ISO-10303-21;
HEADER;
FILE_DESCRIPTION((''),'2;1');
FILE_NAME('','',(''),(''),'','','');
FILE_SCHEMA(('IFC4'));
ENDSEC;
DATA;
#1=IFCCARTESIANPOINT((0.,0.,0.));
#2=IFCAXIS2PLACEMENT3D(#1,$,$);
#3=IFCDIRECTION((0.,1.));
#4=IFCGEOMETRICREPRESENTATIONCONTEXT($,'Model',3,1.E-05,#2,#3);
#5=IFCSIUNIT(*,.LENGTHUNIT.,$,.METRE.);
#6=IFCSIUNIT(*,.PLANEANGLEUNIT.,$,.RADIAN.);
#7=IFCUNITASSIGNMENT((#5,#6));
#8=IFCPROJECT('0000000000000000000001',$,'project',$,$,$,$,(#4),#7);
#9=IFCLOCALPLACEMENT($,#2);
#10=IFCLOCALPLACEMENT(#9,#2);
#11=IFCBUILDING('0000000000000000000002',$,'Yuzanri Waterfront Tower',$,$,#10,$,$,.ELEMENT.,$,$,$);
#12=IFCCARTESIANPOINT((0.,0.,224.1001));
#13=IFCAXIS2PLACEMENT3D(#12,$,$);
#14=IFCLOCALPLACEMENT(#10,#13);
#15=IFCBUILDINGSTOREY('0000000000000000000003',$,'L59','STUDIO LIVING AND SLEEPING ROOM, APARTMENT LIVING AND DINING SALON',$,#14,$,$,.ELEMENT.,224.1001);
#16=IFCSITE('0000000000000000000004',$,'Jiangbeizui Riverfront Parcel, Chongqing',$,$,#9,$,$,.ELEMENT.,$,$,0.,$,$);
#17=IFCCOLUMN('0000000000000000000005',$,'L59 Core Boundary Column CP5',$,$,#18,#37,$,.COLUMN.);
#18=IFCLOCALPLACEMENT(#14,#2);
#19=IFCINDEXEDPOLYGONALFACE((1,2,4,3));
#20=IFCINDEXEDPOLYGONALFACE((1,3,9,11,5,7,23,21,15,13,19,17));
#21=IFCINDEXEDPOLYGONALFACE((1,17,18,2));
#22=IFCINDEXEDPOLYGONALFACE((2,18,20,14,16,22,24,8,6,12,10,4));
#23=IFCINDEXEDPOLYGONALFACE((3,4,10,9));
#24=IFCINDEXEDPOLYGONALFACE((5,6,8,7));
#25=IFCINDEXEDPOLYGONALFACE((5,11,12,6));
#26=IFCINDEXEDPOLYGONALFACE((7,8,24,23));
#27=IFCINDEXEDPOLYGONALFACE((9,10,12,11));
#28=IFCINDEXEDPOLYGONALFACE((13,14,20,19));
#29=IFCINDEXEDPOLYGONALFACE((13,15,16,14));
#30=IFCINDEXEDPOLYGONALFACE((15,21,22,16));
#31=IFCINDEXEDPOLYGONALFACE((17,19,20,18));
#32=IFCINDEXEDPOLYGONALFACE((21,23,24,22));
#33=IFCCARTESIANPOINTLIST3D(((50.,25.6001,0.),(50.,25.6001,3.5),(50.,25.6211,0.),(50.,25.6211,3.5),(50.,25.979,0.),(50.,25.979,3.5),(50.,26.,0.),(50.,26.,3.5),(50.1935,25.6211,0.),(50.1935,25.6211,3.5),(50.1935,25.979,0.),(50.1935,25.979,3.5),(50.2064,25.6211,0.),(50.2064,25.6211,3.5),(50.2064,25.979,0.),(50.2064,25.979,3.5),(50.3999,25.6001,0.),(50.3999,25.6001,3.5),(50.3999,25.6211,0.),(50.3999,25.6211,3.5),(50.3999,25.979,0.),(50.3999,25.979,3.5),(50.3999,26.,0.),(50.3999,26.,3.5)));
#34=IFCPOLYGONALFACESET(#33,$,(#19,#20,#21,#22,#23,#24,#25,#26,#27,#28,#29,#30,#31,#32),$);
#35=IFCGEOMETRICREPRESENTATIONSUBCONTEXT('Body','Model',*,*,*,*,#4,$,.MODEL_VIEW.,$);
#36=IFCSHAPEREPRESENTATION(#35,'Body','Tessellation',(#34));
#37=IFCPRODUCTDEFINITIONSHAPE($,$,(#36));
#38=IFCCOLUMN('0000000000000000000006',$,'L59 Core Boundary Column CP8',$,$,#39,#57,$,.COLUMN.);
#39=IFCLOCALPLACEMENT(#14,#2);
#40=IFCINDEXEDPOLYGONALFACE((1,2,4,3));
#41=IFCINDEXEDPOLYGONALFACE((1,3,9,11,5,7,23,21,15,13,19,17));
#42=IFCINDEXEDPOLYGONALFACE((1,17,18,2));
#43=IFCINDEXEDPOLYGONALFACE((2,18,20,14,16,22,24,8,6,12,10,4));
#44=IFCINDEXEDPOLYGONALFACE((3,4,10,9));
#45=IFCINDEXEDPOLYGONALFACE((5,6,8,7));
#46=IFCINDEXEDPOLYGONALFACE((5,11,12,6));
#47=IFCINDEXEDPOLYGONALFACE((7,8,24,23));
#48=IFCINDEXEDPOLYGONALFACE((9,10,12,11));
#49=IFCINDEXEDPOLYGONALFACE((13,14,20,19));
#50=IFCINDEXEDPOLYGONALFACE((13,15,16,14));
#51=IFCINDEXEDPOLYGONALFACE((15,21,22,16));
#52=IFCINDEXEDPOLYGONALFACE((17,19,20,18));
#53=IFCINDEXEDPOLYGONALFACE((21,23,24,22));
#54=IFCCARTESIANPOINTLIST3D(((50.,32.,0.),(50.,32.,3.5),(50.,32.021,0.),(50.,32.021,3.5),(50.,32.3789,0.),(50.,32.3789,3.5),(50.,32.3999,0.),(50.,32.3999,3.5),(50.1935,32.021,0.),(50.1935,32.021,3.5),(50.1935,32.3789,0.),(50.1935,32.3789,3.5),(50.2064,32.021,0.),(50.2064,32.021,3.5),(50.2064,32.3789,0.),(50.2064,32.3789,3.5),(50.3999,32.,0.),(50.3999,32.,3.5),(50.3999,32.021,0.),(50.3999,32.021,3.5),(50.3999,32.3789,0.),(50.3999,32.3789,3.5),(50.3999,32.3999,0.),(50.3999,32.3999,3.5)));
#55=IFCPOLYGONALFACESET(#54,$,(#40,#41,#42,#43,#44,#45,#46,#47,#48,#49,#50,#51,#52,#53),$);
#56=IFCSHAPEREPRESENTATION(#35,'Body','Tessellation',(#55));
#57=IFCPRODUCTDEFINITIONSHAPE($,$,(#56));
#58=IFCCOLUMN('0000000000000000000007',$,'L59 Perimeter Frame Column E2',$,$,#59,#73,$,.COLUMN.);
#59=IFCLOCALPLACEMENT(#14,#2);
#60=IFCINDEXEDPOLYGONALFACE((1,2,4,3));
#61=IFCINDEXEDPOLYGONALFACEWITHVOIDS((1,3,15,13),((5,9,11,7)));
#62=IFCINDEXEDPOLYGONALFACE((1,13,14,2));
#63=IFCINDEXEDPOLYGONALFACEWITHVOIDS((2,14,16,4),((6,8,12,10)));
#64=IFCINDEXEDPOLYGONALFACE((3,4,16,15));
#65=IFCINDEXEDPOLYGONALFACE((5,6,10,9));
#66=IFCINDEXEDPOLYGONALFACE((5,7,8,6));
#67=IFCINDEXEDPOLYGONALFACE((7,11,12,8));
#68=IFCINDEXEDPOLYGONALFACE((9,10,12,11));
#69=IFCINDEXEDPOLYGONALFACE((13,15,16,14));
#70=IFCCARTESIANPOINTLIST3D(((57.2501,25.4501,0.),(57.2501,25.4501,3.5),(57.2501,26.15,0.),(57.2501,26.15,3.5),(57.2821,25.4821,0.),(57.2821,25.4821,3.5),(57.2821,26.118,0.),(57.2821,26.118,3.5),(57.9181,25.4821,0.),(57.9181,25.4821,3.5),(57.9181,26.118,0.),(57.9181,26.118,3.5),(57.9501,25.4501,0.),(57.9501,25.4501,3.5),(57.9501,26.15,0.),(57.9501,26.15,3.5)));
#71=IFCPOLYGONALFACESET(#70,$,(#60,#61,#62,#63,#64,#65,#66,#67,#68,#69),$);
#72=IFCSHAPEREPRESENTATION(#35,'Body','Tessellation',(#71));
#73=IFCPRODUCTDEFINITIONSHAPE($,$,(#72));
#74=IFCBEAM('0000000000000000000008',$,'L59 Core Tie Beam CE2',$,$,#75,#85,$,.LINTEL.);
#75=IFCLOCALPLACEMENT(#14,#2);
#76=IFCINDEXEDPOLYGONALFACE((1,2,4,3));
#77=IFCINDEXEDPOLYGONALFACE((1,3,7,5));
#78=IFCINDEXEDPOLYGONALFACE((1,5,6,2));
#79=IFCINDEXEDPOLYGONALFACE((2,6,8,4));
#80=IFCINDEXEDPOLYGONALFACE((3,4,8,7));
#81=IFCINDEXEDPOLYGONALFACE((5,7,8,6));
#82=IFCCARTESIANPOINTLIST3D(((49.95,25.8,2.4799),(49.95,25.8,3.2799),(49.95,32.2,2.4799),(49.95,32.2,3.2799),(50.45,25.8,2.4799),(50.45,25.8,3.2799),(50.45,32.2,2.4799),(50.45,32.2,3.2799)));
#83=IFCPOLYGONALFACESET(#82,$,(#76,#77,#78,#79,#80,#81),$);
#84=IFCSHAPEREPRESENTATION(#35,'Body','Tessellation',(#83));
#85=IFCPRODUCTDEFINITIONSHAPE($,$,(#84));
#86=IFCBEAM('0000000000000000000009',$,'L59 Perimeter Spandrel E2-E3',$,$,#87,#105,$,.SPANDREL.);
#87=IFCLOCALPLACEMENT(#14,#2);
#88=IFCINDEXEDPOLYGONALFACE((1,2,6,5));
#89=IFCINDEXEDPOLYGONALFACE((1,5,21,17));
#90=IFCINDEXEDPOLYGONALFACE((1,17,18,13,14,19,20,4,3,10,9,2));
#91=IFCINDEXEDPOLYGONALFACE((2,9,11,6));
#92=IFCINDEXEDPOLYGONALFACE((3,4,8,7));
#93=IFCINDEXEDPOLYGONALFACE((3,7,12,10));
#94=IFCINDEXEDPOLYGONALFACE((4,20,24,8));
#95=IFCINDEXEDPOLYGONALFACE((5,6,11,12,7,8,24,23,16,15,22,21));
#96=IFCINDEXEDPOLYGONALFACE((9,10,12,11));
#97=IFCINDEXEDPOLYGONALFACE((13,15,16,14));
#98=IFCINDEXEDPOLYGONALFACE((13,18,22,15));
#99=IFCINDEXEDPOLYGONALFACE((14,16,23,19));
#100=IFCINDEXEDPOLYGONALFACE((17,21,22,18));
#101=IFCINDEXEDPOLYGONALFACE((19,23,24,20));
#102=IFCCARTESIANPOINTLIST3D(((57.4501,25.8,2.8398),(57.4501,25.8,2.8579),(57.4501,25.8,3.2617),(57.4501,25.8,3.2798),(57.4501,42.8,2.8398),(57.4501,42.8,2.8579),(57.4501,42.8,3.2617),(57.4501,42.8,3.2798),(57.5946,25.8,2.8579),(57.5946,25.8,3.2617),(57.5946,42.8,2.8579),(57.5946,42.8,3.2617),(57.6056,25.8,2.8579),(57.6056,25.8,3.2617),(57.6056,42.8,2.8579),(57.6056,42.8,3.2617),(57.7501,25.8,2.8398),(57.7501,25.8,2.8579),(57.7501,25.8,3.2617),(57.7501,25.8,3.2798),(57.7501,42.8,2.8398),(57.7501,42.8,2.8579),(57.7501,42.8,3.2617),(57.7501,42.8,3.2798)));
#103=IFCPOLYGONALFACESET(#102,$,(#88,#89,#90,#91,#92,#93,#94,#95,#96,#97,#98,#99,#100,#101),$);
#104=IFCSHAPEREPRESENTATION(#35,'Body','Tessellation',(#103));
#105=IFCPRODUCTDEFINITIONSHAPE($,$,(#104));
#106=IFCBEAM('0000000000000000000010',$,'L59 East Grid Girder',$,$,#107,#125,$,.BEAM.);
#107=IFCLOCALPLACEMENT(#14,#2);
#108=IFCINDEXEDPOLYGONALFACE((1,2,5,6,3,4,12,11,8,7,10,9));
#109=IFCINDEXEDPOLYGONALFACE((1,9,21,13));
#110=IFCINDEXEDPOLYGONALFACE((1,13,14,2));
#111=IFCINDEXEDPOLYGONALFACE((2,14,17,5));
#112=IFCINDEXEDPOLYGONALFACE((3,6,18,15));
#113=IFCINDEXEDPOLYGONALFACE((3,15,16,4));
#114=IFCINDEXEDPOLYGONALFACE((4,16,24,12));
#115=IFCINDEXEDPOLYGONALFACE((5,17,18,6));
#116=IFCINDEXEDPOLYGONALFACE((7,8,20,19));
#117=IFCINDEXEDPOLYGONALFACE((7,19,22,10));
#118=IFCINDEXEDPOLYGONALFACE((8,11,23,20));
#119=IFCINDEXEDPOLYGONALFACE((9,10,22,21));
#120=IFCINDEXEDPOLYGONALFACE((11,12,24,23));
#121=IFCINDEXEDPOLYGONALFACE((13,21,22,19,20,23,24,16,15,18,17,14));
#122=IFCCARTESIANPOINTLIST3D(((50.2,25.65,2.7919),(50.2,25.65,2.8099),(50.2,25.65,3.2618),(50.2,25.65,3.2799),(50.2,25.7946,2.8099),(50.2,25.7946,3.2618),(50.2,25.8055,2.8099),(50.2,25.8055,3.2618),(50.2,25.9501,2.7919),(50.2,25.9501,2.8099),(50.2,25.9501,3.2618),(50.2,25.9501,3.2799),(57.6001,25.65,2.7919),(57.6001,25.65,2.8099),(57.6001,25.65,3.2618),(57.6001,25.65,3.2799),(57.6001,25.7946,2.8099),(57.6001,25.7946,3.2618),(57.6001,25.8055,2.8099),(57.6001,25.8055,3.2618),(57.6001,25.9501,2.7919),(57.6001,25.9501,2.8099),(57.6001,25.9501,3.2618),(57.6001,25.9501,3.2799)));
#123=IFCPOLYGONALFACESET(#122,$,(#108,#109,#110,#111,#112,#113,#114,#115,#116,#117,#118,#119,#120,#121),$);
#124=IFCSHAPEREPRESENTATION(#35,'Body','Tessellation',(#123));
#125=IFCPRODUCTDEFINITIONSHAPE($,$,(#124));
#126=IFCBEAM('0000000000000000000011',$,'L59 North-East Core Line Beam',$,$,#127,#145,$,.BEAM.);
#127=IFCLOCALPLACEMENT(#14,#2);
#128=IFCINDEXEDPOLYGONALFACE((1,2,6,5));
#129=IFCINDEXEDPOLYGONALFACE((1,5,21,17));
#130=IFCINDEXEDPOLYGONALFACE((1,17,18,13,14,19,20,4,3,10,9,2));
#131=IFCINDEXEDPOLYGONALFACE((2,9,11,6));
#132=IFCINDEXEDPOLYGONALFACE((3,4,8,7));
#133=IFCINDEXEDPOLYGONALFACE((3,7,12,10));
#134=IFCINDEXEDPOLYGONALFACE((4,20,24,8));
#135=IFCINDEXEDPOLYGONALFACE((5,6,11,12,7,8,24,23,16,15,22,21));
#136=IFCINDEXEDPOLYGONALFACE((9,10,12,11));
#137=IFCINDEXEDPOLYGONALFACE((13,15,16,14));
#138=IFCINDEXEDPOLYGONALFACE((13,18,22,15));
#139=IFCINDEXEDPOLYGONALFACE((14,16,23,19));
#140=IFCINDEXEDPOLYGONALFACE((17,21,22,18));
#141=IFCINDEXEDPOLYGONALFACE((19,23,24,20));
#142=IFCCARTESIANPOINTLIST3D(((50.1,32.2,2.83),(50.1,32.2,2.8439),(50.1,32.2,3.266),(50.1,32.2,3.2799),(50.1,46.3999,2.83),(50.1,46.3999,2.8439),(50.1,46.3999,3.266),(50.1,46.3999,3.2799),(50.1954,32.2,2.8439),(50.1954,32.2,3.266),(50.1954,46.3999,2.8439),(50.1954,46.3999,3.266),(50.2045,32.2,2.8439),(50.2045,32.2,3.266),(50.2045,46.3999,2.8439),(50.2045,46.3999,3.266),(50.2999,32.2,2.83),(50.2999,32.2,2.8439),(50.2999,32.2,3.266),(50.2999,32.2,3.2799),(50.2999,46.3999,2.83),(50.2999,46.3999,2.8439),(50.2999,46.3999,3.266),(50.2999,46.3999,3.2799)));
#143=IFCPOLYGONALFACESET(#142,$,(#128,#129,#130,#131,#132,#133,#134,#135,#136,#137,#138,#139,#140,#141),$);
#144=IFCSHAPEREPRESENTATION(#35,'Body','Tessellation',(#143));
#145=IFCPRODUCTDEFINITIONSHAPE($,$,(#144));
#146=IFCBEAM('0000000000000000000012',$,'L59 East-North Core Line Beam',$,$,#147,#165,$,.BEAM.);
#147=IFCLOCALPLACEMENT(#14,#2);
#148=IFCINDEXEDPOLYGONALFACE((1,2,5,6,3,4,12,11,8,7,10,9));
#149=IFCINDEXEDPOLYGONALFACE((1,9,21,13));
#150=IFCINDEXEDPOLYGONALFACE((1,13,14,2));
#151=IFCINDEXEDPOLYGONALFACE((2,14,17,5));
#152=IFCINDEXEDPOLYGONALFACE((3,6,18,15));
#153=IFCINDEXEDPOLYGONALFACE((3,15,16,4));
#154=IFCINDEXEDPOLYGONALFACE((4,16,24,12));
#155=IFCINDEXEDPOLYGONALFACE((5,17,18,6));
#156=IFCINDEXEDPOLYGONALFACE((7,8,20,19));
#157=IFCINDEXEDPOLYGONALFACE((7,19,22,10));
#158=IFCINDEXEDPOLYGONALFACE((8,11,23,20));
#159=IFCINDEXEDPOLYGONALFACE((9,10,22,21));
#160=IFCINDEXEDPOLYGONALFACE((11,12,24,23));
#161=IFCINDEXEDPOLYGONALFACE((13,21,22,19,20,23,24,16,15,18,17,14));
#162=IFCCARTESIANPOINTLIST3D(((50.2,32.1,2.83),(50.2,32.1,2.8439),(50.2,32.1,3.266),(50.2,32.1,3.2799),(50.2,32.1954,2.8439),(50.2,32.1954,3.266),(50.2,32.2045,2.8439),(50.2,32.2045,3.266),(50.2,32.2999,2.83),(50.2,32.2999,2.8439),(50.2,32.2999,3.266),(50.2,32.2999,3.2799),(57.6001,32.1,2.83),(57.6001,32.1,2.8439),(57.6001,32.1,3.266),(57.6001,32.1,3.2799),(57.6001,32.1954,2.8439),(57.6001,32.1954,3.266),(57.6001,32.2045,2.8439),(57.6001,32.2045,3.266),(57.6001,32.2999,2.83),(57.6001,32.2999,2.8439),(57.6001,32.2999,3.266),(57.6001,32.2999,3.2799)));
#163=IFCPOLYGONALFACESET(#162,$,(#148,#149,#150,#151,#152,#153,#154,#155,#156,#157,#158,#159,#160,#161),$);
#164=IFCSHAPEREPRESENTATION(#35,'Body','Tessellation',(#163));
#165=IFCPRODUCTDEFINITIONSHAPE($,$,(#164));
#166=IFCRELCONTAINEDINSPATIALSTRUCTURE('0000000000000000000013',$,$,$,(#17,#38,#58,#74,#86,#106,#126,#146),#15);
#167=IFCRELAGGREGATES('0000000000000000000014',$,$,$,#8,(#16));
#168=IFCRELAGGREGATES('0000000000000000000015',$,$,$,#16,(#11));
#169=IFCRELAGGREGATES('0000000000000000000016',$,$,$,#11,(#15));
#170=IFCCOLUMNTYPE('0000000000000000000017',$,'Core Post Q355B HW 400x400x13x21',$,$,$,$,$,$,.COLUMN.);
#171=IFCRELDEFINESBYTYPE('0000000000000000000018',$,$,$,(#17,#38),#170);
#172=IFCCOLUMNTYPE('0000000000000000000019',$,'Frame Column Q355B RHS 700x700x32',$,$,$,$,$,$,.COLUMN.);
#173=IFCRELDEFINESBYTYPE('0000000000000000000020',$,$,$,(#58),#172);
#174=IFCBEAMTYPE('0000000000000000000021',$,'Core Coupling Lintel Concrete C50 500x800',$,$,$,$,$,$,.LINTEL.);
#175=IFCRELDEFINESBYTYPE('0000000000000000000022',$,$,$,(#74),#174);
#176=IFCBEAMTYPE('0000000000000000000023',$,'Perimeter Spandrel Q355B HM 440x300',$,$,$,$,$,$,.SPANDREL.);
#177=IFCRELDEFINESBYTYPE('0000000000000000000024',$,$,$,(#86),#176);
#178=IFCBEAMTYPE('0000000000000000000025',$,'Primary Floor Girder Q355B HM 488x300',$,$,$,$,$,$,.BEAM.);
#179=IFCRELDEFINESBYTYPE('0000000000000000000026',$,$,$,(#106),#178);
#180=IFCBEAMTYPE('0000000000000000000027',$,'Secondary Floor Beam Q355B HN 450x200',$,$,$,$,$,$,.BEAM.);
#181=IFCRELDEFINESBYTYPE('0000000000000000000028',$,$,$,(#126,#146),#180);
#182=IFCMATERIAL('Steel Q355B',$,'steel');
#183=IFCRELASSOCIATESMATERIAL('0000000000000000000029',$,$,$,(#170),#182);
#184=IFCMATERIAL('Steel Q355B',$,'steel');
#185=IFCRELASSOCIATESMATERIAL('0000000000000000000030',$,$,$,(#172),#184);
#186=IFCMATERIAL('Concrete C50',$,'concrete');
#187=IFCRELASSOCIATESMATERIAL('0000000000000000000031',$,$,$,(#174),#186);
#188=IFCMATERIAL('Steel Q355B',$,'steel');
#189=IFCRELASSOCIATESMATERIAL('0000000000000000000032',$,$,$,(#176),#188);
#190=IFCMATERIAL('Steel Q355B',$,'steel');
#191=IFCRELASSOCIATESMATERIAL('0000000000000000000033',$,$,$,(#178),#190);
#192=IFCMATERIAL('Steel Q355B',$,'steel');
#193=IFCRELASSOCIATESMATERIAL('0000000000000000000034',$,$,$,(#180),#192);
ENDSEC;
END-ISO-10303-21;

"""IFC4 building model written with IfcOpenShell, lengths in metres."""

from ifc_helpers import new_model, si_unit, direction, frame, origin, origin_2d, place, context, subcontext, project, spatial, rectangle, hollow_rectangle, i_section, extrude, source, transform, mapped, material, material_profile, profile_set, type_object, element, save


model = new_model("IFC4")

# Units and contexts
model_context = context("Model", 3, precision=1e-05, world=origin(), true_north=direction((0.0, 1.0)))
body_context = subcontext(model_context, "Body", "Model", "MODEL_VIEW")
ifc_project = project(units=[si_unit("LENGTHUNIT", "METRE"), si_unit("PLANEANGLEUNIT", "RADIAN")], contexts=[model_context])

# Site, building, storey
site_placement = place(None, origin())
site = spatial("IfcSite", under=ifc_project, at=site_placement, Name="Jiangbeizui Riverfront Parcel, Chongqing", CompositionType="ELEMENT", RefElevation=0.0)
building_placement = place(site_placement, origin())
building = spatial("IfcBuilding", under=site, at=building_placement, Name="Yuzanri Waterfront Tower", CompositionType="ELEMENT")
storey_placement = place(building_placement, frame((0.0, 0.0, 224.1001)))
storey = spatial("IfcBuildingStorey", under=building, at=storey_placement, Name="L59", Description="STUDIO LIVING AND SLEEPING ROOM, APARTMENT LIVING AND DINING SALON", CompositionType="ELEMENT", Elevation=224.1001)

# Columns
ifc_material_1 = material(Name="Steel Q355B", Category="steel")
ifc_material_profile_1 = material_profile(ifc_material_1, i_section(OverallWidth=0.3999, OverallDepth=0.3999, WebThickness=0.0129, FlangeThickness=0.021, at=origin_2d()), Name="HW 400x400x13x21")
ifc_profile_set_1 = profile_set([ifc_material_profile_1], Name="Steel Q355B")
column_type_1 = type_object("IfcColumnType", Name="Core Post Q355B HW 400x400x13x21", PredefinedType="COLUMN", material=ifc_profile_set_1)
shared_shape_1 = source(origin(), body_context, "Body", "SweptSolid", [
    extrude(i_section(OverallWidth=0.3999, OverallDepth=0.3999, WebThickness=0.0129, FlangeThickness=0.021, at=origin_2d()), origin(), (0.0, 0.0, 1.0), 3.5),
])
for number, where, z_axis, x_axis, name in (
    (1, (50.2, 25.8, 0.0), (0.0, 0.0, 1.0), (1.0, 0.0, 0.0), "L59 Core Boundary Column CP5"),
    (2, (50.2, 32.2, 0.0), (0.0, 0.0, 1.0), (1.0, 0.0, 0.0), "L59 Core Boundary Column CP8"),
):
    element("IfcColumn", number, at=place(storey_placement, frame(where, z_axis=z_axis, x_axis=x_axis)), inside=storey, type_object=column_type_1, Name=name, PredefinedType="COLUMN", context=body_context, shape_type="MappedRepresentation", body=[
        mapped(shared_shape_1, transform((0.0, 0.0, 0.0), scale=1.0)),
    ])
ifc_material_2 = material(Name="Steel Q355B", Category="steel")
ifc_material_profile_2 = material_profile(ifc_material_2, hollow_rectangle(XDim=0.7, YDim=0.7, WallThickness=0.032, at=origin_2d()), Name="RHS 700x700x32")
ifc_profile_set_2 = profile_set([ifc_material_profile_2], Name="Steel Q355B")
column_type_2 = type_object("IfcColumnType", Name="Frame Column Q355B RHS 700x700x32", PredefinedType="COLUMN", material=ifc_profile_set_2)
shared_shape_2 = source(origin(), body_context, "Body", "SweptSolid", [
    extrude(hollow_rectangle(XDim=0.7, YDim=0.7, WallThickness=0.032, at=origin_2d()), origin(), (0.0, 0.0, 1.0), 3.5),
])
column_placement = place(storey_placement, frame((57.6001, 25.8, 0.0), z_axis=(0.0, 0.0, 1.0), x_axis=(1.0, 0.0, 0.0)))
element("IfcColumn", 3, at=column_placement, inside=storey, type_object=column_type_2, Name="L59 Perimeter Frame Column E2", PredefinedType="COLUMN", context=body_context, shape_type="MappedRepresentation", body=[
    mapped(shared_shape_2, transform((0.0, 0.0, 0.0), scale=1.0)),
])

# Beams
ifc_material_3 = material(Name="Concrete C50", Category="concrete")
ifc_material_profile_3 = material_profile(ifc_material_3, rectangle(XDim=0.5, YDim=0.8, at=origin_2d()), Name="RC 500x800")
ifc_profile_set_3 = profile_set([ifc_material_profile_3], Name="Concrete C50")
beam_type_1 = type_object("IfcBeamType", Name="Core Coupling Lintel Concrete C50 500x800", PredefinedType="LINTEL", material=ifc_profile_set_3)
shared_shape_3 = source(origin(), body_context, "Body", "SweptSolid", [
    extrude(rectangle(XDim=0.5, YDim=0.8, at=origin_2d()), origin(), (0.0, 0.0, 1.0), 6.3999),
])
beam_1_placement = place(storey_placement, frame((50.2, 25.8, 2.8799), z_axis=(0.0, 1.0, 0.0), x_axis=(-1.0, 0.0, 0.0)))
element("IfcBeam", 4, at=beam_1_placement, inside=storey, type_object=beam_type_1, Name="L59 Core Tie Beam CE2", PredefinedType="LINTEL", context=body_context, shape_type="MappedRepresentation", body=[
    mapped(shared_shape_3, transform((0.0, 0.0, 0.0), scale=1.0)),
])
ifc_material_4 = material(Name="Steel Q355B", Category="steel")
ifc_material_profile_4 = material_profile(ifc_material_4, i_section(OverallWidth=0.3, OverallDepth=0.4399, WebThickness=0.011, FlangeThickness=0.0181, at=origin_2d()), Name="HM 440x300x11x18")
ifc_profile_set_4 = profile_set([ifc_material_profile_4], Name="Steel Q355B")
beam_type_2 = type_object("IfcBeamType", Name="Perimeter Spandrel Q355B HM 440x300", PredefinedType="SPANDREL", material=ifc_profile_set_4)
shared_shape_4 = source(origin(), body_context, "Body", "SweptSolid", [
    extrude(i_section(OverallWidth=0.3, OverallDepth=0.4399, WebThickness=0.011, FlangeThickness=0.0181, at=origin_2d()), origin(), (0.0, 0.0, 1.0), 17.0),
])
beam_2_placement = place(storey_placement, frame((57.6001, 25.8, 3.0598), z_axis=(0.0, 1.0, 0.0), x_axis=(-1.0, 0.0, 0.0)))
element("IfcBeam", 5, at=beam_2_placement, inside=storey, type_object=beam_type_2, Name="L59 Perimeter Spandrel E2-E3", PredefinedType="SPANDREL", context=body_context, shape_type="MappedRepresentation", body=[
    mapped(shared_shape_4, transform((0.0, 0.0, 0.0), scale=1.0)),
])
ifc_material_5 = material(Name="Steel Q355B", Category="steel")
ifc_material_profile_5 = material_profile(ifc_material_5, i_section(OverallWidth=0.3, OverallDepth=0.488, WebThickness=0.011, FlangeThickness=0.0181, at=origin_2d()), Name="HM 488x300x11x18")
ifc_profile_set_5 = profile_set([ifc_material_profile_5], Name="Steel Q355B")
beam_type_3 = type_object("IfcBeamType", Name="Primary Floor Girder Q355B HM 488x300", PredefinedType="BEAM", material=ifc_profile_set_5)
shared_shape_5 = source(origin(), body_context, "Body", "SweptSolid", [
    extrude(i_section(OverallWidth=0.3, OverallDepth=0.488, WebThickness=0.011, FlangeThickness=0.0181, at=origin_2d()), origin(), (0.0, 0.0, 1.0), 7.4001),
])
beam_3_placement = place(storey_placement, frame((50.2, 25.8, 3.0359), z_axis=(1.0, 0.0, 0.0), x_axis=(0.0, 1.0, 0.0)))
element("IfcBeam", 6, at=beam_3_placement, inside=storey, type_object=beam_type_3, Name="L59 East Grid Girder", PredefinedType="BEAM", context=body_context, shape_type="MappedRepresentation", body=[
    mapped(shared_shape_5, transform((0.0, 0.0, 0.0), scale=1.0)),
])
ifc_material_6 = material(Name="Steel Q355B", Category="steel")
ifc_material_profile_6 = material_profile(ifc_material_6, i_section(OverallWidth=0.2, OverallDepth=0.45, WebThickness=0.009, FlangeThickness=0.0139, at=origin_2d()), Name="HN 450x200x9x14")
ifc_profile_set_6 = profile_set([ifc_material_profile_6], Name="Steel Q355B")
beam_type_4 = type_object("IfcBeamType", Name="Secondary Floor Beam Q355B HN 450x200", PredefinedType="BEAM", material=ifc_profile_set_6)
shared_shape_6 = source(origin(), body_context, "Body", "SweptSolid", [
    extrude(i_section(OverallWidth=0.2, OverallDepth=0.45, WebThickness=0.009, FlangeThickness=0.0139, at=origin_2d()), origin(), (0.0, 0.0, 1.0), 14.2),
])
beam_4_placement = place(storey_placement, frame((50.2, 32.2, 3.0549), z_axis=(0.0, 1.0, 0.0), x_axis=(-1.0, 0.0, 0.0)))
element("IfcBeam", 7, at=beam_4_placement, inside=storey, type_object=beam_type_4, Name="L59 North-East Core Line Beam", PredefinedType="BEAM", context=body_context, shape_type="MappedRepresentation", body=[
    mapped(shared_shape_6, transform((0.0, 0.0, 0.0), scale=1.0)),
])
shared_shape_7 = source(origin(), body_context, "Body", "SweptSolid", [
    extrude(i_section(OverallWidth=0.2, OverallDepth=0.45, WebThickness=0.009, FlangeThickness=0.0139, at=origin_2d()), origin(), (0.0, 0.0, 1.0), 7.4001),
])
beam_5_placement = place(storey_placement, frame((50.2, 32.2, 3.0549), z_axis=(1.0, 0.0, 0.0), x_axis=(0.0, 1.0, 0.0)))
element("IfcBeam", 8, at=beam_5_placement, inside=storey, type_object=beam_type_4, Name="L59 East-North Core Line Beam", PredefinedType="BEAM", context=body_context, shape_type="MappedRepresentation", body=[
    mapped(shared_shape_7, transform((0.0, 0.0, 0.0), scale=1.0)),
])

save(model, "model.ifc")
